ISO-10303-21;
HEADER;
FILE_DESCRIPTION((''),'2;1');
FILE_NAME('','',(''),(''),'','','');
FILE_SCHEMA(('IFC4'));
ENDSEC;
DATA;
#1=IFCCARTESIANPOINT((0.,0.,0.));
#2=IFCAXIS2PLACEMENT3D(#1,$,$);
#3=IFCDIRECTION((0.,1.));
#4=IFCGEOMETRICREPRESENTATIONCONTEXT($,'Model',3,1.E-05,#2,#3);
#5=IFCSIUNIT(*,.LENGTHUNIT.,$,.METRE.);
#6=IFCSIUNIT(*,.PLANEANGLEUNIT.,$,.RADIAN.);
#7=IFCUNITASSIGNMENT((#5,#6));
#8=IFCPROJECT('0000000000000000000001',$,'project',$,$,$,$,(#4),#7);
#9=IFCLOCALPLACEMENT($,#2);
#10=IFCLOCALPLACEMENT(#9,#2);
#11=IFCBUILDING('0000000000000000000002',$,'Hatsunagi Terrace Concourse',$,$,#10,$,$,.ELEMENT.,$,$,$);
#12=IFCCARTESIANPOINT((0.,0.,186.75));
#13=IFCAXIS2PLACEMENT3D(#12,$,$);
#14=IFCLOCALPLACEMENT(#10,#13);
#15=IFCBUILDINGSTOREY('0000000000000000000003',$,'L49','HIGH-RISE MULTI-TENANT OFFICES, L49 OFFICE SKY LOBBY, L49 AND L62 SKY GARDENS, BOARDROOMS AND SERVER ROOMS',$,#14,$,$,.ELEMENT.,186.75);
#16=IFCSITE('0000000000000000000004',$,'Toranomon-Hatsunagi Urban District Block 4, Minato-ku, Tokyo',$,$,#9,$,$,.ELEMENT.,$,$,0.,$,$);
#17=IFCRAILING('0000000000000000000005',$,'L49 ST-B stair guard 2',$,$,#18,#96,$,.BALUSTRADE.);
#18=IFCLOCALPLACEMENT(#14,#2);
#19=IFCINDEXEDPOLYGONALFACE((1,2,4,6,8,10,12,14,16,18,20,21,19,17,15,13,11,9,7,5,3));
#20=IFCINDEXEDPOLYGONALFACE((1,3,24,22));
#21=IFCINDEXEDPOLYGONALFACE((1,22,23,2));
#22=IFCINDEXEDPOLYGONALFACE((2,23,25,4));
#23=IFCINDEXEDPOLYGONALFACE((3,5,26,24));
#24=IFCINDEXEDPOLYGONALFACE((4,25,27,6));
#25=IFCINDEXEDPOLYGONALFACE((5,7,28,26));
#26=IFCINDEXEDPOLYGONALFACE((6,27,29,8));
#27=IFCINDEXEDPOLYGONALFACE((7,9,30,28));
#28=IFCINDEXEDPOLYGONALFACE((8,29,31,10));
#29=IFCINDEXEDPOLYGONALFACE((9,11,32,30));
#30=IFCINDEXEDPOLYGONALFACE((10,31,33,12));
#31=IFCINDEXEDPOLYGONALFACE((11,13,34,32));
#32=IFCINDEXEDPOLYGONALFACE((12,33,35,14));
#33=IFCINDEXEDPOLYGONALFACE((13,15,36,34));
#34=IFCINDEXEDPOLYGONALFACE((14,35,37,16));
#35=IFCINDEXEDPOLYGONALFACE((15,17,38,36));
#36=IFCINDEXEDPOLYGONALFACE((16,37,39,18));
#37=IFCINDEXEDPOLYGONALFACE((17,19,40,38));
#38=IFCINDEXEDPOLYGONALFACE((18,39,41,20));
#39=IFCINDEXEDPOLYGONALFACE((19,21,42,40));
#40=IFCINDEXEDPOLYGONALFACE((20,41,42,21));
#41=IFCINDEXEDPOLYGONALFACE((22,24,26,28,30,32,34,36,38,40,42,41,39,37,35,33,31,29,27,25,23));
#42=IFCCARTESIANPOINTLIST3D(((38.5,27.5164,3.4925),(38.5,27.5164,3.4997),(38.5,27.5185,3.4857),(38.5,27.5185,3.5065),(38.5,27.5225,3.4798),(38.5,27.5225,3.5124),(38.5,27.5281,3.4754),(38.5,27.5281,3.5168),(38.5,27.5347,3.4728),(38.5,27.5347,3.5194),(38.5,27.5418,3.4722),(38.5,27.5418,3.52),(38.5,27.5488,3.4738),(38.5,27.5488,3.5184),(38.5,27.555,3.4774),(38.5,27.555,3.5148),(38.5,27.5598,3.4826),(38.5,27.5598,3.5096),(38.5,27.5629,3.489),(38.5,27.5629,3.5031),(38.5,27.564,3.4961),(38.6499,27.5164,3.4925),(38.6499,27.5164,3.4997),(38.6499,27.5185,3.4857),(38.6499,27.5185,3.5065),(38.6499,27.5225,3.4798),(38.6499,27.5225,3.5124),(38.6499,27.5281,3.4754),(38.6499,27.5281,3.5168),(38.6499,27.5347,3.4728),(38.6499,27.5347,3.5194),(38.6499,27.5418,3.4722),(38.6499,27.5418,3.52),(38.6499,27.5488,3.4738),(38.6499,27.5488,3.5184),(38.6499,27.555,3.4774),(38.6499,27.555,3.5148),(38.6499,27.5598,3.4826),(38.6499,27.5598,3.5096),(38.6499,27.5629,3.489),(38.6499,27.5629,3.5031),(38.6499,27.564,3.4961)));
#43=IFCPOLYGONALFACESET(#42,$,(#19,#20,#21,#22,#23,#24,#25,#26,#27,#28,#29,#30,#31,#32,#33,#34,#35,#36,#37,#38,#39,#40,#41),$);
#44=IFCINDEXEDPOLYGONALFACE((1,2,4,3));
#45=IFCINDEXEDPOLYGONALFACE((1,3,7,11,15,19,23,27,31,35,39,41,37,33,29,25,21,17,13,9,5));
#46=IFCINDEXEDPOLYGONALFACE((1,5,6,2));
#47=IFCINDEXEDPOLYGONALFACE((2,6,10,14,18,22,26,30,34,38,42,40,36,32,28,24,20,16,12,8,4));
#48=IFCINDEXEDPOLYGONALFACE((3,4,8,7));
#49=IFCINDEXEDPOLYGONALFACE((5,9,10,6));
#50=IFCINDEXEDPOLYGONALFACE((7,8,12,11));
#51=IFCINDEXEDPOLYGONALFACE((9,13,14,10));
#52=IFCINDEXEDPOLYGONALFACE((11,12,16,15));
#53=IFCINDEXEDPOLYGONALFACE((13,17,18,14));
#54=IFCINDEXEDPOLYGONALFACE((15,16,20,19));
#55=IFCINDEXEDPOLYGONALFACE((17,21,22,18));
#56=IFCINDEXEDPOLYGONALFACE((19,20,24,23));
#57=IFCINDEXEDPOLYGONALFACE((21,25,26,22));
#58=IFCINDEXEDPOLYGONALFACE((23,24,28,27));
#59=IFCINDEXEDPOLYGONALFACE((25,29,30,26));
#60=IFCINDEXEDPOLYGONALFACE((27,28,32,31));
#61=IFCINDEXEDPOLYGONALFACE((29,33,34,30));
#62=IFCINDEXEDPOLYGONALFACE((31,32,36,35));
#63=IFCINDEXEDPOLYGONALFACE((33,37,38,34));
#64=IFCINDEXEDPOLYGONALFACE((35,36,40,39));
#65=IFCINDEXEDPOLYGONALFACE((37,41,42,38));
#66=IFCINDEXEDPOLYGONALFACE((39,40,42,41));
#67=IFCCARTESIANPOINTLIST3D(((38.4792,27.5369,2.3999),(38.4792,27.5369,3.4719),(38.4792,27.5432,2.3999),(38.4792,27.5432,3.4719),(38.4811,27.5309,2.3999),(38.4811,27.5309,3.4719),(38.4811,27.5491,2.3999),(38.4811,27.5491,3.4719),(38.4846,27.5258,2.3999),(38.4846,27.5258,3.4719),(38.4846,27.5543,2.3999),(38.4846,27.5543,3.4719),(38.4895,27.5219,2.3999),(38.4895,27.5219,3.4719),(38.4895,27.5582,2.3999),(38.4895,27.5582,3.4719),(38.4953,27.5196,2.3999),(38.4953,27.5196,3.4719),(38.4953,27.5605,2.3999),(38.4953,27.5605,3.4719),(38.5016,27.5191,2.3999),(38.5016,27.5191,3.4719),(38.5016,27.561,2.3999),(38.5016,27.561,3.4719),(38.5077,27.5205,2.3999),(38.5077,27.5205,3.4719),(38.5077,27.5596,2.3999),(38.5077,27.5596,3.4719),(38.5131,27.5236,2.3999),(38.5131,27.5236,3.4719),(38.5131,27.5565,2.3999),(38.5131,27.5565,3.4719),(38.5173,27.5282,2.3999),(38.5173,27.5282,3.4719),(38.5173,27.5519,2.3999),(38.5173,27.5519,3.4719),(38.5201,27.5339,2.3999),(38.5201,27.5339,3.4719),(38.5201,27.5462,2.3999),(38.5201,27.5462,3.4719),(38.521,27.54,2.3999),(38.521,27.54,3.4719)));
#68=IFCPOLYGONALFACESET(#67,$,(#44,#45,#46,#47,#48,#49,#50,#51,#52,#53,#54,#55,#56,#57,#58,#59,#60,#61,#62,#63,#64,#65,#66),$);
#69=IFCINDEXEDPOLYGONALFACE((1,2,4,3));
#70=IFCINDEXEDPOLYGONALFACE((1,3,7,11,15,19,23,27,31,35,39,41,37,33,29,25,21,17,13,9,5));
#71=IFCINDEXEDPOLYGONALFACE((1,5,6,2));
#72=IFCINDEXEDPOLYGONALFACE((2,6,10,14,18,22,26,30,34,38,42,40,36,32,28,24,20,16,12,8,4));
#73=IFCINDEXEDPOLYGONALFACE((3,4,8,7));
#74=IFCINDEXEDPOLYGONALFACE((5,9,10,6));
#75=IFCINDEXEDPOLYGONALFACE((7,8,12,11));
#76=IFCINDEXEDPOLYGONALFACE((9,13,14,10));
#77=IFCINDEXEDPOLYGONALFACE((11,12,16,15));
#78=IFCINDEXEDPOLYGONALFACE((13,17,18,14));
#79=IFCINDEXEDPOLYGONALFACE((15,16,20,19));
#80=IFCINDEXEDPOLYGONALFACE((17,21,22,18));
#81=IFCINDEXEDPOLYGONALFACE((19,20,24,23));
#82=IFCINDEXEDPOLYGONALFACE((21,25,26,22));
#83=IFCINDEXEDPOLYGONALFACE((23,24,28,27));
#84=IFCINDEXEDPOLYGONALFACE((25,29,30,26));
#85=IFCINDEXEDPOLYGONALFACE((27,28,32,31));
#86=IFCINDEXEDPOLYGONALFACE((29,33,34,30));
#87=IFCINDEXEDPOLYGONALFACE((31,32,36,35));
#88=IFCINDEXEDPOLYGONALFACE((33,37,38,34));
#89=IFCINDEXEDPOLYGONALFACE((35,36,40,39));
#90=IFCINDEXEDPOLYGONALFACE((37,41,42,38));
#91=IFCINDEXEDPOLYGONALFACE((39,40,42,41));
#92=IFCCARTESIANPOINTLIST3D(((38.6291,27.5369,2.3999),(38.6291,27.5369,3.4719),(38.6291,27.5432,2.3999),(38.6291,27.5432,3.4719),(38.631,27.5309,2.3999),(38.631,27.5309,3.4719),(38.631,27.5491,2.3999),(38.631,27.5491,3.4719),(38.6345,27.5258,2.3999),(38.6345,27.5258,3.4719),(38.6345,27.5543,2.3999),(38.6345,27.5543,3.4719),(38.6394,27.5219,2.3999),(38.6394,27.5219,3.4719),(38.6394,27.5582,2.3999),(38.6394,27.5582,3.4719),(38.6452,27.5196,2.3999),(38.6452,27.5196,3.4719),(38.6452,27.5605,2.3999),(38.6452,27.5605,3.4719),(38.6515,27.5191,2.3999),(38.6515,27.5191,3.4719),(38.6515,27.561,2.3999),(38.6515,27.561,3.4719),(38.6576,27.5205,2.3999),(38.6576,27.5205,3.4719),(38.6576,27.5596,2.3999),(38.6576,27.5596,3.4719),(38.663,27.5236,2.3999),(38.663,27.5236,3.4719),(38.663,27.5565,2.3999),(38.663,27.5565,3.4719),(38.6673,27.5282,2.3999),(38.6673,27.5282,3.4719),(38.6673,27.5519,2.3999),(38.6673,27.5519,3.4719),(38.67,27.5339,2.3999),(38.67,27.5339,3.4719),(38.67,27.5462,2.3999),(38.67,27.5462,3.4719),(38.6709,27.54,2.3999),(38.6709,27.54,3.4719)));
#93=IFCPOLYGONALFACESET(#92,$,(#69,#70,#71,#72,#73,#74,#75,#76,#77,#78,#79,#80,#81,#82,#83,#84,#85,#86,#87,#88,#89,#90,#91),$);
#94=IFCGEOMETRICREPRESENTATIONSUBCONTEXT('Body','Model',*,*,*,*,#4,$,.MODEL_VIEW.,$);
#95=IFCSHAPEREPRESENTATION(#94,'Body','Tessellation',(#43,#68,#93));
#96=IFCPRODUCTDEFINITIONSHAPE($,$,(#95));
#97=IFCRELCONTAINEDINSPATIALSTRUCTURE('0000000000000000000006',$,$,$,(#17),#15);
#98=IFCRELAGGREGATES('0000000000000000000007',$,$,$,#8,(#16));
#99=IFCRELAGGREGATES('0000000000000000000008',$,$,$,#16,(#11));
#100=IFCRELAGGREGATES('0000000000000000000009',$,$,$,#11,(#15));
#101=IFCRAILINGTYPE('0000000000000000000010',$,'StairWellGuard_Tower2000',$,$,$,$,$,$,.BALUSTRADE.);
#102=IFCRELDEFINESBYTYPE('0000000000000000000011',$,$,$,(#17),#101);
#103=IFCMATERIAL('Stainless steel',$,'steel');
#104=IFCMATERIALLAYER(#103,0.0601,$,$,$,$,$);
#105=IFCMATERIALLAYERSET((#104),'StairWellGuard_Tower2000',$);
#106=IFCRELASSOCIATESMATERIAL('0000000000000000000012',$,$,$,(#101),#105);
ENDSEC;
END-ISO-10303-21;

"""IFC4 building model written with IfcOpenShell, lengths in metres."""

from ifc_helpers import new_model, si_unit, direction, frame, origin, origin_2d, place, context, subcontext, project, spatial, circle, extrude, material, layer, layer_set, type_object, element, save


model = new_model("IFC4")

# Units and contexts
model_context = context("Model", 3, precision=1e-05, world=origin(), true_north=direction((0.0, 1.0)))
body_context = subcontext(model_context, "Body", "Model", "MODEL_VIEW")
ifc_project = project(units=[si_unit("LENGTHUNIT", "METRE"), si_unit("PLANEANGLEUNIT", "RADIAN")], contexts=[model_context])

# Site, building, storey
site_placement = place(None, origin())
site = spatial("IfcSite", under=ifc_project, at=site_placement, Name="Toranomon-Hatsunagi Urban District Block 4, Minato-ku, Tokyo", CompositionType="ELEMENT", RefElevation=0.0)
building_placement = place(site_placement, origin())
building = spatial("IfcBuilding", under=site, at=building_placement, Name="Hatsunagi Terrace Concourse", CompositionType="ELEMENT")
storey_placement = place(building_placement, frame((0.0, 0.0, 186.75)))
storey = spatial("IfcBuildingStorey", under=building, at=storey_placement, Name="L49", Description="HIGH-RISE MULTI-TENANT OFFICES, L49 OFFICE SKY LOBBY, L49 AND L62 SKY GARDENS, BOARDROOMS AND SERVER ROOMS", CompositionType="ELEMENT", Elevation=186.75)

# Railing
ifc_material_1 = material(Name="Stainless steel", Category="steel")
ifc_layer_1 = layer(ifc_material_1, 0.0601)
ifc_layer_set_1 = layer_set([ifc_layer_1], Name="StairWellGuard_Tower2000")
railing_type_1 = type_object("IfcRailingType", Name="StairWellGuard_Tower2000", PredefinedType="BALUSTRADE", material=ifc_layer_set_1)
railing_1_placement = place(storey_placement, frame((38.5, 27.54, 2.3999)))
element("IfcRailing", 1, at=railing_1_placement, inside=storey, type_object=railing_type_1, Name="L49 ST-B stair guard 2", PredefinedType="BALUSTRADE", context=body_context, shape_type="SweptSolid", body=[
    extrude(circle(Radius=0.0239, at=origin_2d()), frame((0.0, 0.0, 1.0962), z_axis=(1.0, 0.0, 0.0), x_axis=(0.0, 1.0, 0.0)), (0.0, 0.0, 1.0), 0.1499),
    extrude(circle(Radius=0.021, at=origin_2d()), origin(), (0.0, 0.0, 1.0), 1.072),
    extrude(circle(Radius=0.021, at=origin_2d()), frame((0.1499, 0.0, 0.0)), (0.0, 0.0, 1.0), 1.072),
])

save(model, "model.ifc")
